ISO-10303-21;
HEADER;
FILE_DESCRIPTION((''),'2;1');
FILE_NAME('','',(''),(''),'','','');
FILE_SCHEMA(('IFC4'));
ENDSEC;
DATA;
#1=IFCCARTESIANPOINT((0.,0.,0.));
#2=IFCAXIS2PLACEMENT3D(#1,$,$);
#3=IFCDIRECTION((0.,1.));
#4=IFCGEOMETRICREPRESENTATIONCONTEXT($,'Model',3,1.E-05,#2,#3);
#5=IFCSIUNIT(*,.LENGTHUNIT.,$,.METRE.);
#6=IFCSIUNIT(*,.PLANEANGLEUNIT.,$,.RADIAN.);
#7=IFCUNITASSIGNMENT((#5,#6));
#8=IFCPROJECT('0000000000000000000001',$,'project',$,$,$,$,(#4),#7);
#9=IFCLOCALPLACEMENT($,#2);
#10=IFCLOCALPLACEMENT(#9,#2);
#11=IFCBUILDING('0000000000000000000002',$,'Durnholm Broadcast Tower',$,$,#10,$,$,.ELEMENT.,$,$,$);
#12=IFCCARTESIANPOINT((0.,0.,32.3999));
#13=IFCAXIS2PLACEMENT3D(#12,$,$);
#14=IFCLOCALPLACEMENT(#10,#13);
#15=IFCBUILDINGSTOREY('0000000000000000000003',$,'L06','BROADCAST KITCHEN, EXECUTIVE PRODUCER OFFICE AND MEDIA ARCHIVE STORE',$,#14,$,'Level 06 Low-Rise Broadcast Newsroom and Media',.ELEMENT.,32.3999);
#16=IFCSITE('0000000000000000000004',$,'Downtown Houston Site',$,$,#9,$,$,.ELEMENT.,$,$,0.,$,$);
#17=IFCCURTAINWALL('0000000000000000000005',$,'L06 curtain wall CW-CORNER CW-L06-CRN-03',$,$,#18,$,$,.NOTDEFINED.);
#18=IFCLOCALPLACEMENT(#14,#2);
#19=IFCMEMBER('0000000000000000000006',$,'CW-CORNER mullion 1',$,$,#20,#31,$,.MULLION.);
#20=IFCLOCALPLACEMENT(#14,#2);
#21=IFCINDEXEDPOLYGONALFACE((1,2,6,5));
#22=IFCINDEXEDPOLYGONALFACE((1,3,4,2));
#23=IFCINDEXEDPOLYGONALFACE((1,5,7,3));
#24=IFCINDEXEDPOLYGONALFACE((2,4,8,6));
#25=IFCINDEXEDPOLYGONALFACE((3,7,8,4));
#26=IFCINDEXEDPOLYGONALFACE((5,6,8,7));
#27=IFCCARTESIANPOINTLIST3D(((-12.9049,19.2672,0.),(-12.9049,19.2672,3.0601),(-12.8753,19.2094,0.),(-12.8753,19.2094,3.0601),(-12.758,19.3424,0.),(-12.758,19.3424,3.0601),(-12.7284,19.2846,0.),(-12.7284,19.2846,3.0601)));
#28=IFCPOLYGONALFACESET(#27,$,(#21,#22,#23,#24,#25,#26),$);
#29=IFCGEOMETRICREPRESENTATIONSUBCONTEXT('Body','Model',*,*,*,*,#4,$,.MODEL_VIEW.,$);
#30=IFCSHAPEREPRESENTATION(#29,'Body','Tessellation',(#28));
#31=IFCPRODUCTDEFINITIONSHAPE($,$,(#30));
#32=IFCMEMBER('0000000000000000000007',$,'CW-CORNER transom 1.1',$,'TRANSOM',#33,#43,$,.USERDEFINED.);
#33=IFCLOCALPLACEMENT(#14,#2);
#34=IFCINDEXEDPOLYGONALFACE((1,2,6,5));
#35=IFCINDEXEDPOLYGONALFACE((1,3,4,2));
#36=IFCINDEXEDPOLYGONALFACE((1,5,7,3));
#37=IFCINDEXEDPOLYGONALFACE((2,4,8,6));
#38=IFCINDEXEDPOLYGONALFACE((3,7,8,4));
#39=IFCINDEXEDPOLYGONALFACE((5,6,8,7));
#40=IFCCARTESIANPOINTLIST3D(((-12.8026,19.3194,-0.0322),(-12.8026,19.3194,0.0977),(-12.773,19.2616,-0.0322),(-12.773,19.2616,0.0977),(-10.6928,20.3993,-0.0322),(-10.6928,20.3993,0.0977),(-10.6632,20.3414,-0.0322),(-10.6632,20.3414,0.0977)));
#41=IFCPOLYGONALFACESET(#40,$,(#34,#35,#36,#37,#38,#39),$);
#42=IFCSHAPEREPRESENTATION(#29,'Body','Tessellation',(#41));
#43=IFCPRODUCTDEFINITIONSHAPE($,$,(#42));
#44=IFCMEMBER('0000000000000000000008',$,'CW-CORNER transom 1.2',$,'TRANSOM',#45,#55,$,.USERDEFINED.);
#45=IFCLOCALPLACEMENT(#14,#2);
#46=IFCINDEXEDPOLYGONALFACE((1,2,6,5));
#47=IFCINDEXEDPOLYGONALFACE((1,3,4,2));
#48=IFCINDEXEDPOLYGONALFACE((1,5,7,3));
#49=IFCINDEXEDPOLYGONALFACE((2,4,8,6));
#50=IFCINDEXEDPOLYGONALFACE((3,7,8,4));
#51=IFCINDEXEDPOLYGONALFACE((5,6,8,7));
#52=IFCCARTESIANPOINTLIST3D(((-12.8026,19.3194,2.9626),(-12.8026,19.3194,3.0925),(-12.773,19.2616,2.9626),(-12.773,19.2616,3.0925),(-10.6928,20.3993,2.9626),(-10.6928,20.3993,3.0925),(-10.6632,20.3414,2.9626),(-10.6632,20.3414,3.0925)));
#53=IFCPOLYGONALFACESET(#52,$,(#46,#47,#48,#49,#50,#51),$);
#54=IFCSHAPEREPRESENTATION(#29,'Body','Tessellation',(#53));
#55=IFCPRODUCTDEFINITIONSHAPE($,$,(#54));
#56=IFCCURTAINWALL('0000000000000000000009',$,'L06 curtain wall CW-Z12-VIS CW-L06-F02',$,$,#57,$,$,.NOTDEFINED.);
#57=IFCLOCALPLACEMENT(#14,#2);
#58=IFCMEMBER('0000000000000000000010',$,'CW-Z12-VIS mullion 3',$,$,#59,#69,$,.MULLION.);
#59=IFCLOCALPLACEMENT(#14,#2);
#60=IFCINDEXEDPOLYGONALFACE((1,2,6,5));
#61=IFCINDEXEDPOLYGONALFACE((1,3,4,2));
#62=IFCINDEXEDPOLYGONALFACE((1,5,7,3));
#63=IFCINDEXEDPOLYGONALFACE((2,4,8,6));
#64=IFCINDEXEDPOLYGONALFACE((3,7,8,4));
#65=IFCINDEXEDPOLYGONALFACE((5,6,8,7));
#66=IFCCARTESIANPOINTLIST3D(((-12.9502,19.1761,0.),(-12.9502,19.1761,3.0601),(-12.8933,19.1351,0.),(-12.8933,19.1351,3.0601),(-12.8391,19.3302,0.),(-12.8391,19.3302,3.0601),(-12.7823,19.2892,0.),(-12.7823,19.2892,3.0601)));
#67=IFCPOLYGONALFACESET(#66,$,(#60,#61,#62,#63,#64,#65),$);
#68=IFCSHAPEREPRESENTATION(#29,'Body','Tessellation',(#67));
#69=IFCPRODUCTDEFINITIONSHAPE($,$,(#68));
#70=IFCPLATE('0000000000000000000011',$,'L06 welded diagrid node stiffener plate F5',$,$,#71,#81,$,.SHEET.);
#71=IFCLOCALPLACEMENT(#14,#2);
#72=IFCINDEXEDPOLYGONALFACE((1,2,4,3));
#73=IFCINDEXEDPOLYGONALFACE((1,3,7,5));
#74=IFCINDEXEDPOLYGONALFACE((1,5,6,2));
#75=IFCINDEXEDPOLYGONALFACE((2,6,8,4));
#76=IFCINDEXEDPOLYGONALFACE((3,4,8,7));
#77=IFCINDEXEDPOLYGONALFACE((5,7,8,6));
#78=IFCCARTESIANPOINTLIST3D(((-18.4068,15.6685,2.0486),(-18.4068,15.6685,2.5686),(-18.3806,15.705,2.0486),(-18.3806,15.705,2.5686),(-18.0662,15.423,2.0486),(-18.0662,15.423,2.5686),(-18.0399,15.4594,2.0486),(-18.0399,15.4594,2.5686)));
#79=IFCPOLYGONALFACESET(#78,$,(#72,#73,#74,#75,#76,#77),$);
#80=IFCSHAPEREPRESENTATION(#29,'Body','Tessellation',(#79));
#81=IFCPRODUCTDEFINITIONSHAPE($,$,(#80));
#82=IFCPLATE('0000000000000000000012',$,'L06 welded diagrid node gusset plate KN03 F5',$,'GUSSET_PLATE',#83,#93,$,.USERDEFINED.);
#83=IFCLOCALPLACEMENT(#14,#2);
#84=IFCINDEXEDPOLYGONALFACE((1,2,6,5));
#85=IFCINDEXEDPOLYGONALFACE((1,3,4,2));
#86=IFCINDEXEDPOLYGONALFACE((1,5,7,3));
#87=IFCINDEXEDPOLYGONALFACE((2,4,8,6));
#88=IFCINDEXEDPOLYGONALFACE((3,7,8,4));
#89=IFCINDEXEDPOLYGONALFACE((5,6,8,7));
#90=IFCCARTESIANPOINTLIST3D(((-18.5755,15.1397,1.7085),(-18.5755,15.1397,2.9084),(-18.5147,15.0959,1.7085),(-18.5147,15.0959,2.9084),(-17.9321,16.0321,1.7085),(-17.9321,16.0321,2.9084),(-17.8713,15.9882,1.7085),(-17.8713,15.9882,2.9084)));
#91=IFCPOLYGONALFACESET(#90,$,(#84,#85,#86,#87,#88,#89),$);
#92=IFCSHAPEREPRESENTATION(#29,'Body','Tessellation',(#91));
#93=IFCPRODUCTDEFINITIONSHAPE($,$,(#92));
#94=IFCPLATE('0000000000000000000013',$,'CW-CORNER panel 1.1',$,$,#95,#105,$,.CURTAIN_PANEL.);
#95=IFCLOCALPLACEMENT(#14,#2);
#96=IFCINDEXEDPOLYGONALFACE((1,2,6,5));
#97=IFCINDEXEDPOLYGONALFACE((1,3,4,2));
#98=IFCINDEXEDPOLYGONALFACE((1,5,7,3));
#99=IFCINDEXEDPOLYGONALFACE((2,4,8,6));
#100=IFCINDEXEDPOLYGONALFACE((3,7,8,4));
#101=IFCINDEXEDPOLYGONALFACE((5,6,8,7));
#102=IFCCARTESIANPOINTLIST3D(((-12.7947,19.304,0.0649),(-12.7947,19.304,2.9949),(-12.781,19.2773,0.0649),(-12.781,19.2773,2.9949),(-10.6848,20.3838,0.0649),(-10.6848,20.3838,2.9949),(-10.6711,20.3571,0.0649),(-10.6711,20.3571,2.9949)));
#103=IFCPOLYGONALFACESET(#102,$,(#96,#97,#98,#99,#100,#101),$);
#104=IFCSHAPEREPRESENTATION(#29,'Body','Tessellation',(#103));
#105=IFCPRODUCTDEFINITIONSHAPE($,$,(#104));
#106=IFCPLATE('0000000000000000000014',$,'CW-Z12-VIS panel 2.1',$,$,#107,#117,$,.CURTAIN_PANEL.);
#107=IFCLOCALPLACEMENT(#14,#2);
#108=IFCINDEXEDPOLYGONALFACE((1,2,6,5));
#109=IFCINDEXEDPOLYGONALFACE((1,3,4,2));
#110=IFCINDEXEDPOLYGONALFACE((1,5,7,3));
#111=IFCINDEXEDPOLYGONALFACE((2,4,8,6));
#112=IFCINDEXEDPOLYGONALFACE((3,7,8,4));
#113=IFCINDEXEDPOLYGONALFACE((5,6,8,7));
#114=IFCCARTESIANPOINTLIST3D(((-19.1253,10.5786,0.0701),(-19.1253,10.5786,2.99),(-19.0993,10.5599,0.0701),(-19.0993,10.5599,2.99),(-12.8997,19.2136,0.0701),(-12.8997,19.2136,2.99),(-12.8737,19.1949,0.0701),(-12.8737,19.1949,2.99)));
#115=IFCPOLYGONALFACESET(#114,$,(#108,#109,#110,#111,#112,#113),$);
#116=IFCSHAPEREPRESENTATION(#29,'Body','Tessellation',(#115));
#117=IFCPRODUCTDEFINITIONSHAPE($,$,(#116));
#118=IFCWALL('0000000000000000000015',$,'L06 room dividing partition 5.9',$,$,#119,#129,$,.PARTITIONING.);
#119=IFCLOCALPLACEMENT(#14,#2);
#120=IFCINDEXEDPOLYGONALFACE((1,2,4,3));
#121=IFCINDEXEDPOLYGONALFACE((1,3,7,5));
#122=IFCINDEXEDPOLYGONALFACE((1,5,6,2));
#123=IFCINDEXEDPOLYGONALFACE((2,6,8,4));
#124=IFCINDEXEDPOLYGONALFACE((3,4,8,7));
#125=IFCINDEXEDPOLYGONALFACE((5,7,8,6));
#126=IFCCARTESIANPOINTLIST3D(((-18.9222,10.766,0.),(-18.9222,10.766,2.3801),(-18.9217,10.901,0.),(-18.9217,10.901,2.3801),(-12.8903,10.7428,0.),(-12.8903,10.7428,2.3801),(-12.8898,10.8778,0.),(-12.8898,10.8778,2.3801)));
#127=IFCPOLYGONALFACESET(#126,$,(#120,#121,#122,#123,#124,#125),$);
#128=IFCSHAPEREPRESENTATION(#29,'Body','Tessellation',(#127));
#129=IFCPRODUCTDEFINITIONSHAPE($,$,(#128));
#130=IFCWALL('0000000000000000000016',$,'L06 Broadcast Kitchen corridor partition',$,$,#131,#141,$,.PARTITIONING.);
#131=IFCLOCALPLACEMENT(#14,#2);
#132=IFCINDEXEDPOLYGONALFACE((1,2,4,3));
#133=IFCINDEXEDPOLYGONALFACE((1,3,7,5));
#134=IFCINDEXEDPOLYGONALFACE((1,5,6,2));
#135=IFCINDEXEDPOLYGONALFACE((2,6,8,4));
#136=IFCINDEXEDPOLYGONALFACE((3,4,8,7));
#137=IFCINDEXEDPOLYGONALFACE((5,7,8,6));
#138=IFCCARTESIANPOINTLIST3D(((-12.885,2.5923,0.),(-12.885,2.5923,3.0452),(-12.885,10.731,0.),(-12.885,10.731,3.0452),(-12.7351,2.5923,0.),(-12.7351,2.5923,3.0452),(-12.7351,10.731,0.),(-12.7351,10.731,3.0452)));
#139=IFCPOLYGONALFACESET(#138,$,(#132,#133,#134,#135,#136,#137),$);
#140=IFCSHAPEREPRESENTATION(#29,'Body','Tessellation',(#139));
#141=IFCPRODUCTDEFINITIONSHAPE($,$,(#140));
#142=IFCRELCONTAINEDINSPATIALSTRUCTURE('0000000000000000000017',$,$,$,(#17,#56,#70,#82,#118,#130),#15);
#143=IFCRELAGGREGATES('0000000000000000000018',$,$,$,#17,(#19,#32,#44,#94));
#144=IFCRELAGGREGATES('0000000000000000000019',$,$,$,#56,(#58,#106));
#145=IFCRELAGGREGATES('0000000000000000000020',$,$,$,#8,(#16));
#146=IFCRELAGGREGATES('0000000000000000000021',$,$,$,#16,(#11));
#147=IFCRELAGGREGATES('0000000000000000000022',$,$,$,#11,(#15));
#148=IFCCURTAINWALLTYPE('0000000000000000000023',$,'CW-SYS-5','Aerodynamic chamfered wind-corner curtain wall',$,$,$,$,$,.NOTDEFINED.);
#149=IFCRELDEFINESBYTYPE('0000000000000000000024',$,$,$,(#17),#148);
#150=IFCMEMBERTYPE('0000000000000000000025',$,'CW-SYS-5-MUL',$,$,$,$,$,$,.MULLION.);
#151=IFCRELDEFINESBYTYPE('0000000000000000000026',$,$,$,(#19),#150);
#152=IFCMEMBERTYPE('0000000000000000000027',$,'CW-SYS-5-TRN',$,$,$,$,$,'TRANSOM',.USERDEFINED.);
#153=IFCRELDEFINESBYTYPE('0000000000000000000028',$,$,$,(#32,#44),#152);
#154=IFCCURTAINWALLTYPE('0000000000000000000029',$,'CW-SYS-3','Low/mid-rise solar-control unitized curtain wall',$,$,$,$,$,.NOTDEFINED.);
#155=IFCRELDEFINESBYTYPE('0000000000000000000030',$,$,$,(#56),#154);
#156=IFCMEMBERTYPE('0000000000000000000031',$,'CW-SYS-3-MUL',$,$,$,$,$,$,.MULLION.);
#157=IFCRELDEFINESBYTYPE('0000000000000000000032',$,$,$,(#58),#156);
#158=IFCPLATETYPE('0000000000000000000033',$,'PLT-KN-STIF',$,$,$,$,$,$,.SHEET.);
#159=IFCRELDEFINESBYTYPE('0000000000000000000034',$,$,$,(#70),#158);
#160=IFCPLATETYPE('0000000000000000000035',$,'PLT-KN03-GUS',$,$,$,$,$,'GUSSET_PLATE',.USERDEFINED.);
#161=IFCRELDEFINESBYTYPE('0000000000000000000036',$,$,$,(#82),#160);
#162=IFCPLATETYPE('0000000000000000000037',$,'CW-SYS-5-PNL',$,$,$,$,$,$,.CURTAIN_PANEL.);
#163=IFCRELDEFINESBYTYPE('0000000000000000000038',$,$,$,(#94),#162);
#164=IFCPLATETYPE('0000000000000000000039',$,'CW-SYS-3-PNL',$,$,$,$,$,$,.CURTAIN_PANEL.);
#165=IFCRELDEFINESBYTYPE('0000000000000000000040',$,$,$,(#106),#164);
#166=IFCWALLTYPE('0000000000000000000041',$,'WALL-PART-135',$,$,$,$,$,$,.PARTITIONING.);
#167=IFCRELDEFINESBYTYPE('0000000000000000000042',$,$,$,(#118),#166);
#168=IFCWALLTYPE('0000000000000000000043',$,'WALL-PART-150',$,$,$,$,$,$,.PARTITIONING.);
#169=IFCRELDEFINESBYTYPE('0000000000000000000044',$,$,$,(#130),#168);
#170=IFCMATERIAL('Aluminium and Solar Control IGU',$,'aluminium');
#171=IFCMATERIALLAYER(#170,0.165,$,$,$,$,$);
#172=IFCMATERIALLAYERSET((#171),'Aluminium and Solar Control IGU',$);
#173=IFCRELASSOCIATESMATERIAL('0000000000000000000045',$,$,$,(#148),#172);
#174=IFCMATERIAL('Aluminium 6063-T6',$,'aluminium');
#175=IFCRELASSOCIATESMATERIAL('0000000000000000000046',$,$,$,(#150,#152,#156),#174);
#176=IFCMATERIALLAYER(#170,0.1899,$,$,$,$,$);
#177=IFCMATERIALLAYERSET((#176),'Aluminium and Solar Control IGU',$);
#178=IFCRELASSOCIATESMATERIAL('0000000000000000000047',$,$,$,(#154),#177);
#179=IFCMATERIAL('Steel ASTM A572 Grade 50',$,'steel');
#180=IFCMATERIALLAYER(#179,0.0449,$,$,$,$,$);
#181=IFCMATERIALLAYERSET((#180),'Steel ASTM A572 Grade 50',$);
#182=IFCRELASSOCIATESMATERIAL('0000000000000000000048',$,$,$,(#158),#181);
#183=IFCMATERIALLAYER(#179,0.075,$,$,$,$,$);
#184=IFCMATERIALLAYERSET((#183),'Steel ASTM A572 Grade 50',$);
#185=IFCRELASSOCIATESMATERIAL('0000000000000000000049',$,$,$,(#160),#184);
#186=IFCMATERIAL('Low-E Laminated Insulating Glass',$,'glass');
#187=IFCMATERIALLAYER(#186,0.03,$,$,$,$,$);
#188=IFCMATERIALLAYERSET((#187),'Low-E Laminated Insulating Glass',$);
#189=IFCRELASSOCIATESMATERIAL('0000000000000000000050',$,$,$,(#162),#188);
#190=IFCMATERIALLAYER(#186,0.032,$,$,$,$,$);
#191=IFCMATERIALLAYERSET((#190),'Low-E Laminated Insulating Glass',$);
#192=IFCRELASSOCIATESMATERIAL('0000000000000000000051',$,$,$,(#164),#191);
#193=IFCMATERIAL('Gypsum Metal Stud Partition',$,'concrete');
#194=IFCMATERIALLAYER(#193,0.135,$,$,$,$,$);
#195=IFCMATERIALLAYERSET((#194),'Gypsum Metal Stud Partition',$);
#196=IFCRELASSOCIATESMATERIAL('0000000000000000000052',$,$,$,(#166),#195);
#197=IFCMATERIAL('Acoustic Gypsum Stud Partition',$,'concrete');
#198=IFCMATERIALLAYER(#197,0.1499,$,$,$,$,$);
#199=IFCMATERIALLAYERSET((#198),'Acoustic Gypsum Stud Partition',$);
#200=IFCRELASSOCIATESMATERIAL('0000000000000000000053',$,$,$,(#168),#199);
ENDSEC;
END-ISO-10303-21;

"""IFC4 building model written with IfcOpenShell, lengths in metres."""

from ifc_helpers import new_model, si_unit, direction, frame, frame_2d, origin, origin_2d, place, context, subcontext, project, spatial, rectangle, extrude, source, transform, mapped, material, layer, layer_set, material_profile, profile_set, type_object, type_shapes, element, aggregate, save


model = new_model("IFC4")

# Units and contexts
model_context = context("Model", 3, precision=1e-05, world=origin(), true_north=direction((0.0, 1.0)))
body_context = subcontext(model_context, "Body", "Model", "MODEL_VIEW")
ifc_project = project(units=[si_unit("LENGTHUNIT", "METRE"), si_unit("PLANEANGLEUNIT", "RADIAN")], contexts=[model_context])

# Site, building, storey
site_placement = place(None, origin())
site = spatial("IfcSite", under=ifc_project, at=site_placement, Name="Downtown Houston Site", CompositionType="ELEMENT", RefElevation=0.0)
building_placement = place(site_placement, origin())
building = spatial("IfcBuilding", under=site, at=building_placement, Name="Durnholm Broadcast Tower", CompositionType="ELEMENT")
storey_placement = place(building_placement, frame((0.0, 0.0, 32.3999)))
storey = spatial("IfcBuildingStorey", under=building, at=storey_placement, Name="L06", Description="BROADCAST KITCHEN, EXECUTIVE PRODUCER OFFICE AND MEDIA ARCHIVE STORE", LongName="Level 06 Low-Rise Broadcast Newsroom and Media", CompositionType="ELEMENT", Elevation=32.3999)

# Curtain wall, members
ifc_material_1 = material(Name="Aluminium and Solar Control IGU", Category="aluminium")
ifc_layer_1 = layer(ifc_material_1, 0.165)
ifc_layer_set_1 = layer_set([ifc_layer_1], Name="Aluminium and Solar Control IGU")
curtain_wall_type_1 = type_object("IfcCurtainWallType", Name="CW-SYS-5", Description="Aerodynamic chamfered wind-corner curtain wall", PredefinedType="NOTDEFINED", material=ifc_layer_set_1)
curtain_wall_1_placement = place(storey_placement, origin())
curtain_wall_1 = element("IfcCurtainWall", 1, at=curtain_wall_1_placement, inside=storey, type_object=curtain_wall_type_1, Name="L06 curtain wall CW-CORNER CW-L06-CRN-03", PredefinedType="NOTDEFINED")
ifc_material_2 = material(Name="Aluminium 6063-T6", Category="aluminium")
ifc_material_profile_1 = material_profile(ifc_material_2, rectangle(XDim=0.0649, YDim=0.165, at=origin_2d()), Name="CWM65X165")
ifc_profile_set_1 = profile_set([ifc_material_profile_1], Name="Aluminium 6063-T6")
member_type_1 = type_object("IfcMemberType", Name="CW-SYS-5-MUL", PredefinedType="MULLION", material=ifc_profile_set_1)
shared_shape_1 = source(origin(), body_context, "Body", "SweptSolid", [
    extrude(rectangle(XDim=0.0649, YDim=0.165, at=origin_2d()), origin(), (0.0, 0.0, 1.0), 3.0601),
])
type_shapes(member_type_1, [shared_shape_1])
member_1_placement = place(storey_placement, frame((-12.8167, 19.2759, 0.0), z_axis=(0.0, 0.0, 1.0), x_axis=(-0.455594, 0.890188, 0.0)))
member_1 = element("IfcMember", 2, at=member_1_placement, type_object=member_type_1, Name="CW-CORNER mullion 1", PredefinedType="MULLION", context=body_context, shape_type="MappedRepresentation", body=[
    mapped(shared_shape_1, transform((0.0, 0.0, 0.0), x_axis=(1.0, 0.0, 0.0), y_axis=(0.0, 1.0, 0.0), z_axis=(0.0, 0.0, 1.0), scale=1.0)),
])
ifc_material_profile_2 = material_profile(ifc_material_2, rectangle(XDim=0.0649, YDim=0.1299, at=origin_2d()), Name="CWT65X130")
ifc_profile_set_2 = profile_set([ifc_material_profile_2], Name="Aluminium 6063-T6")
member_type_2 = type_object("IfcMemberType", Name="CW-SYS-5-TRN", ElementType="TRANSOM", PredefinedType="USERDEFINED", material=ifc_profile_set_2)
shared_shape_2 = source(origin(), body_context, "Body", "SweptSolid", [
    extrude(rectangle(XDim=0.0649, YDim=0.1299, at=origin_2d()), origin(), (0.0, 0.0, 1.0), 2.3701),
])
type_shapes(member_type_2, [shared_shape_2])
member_2_placement = place(storey_placement, frame((-12.7878, 19.2905, 0.0327), z_axis=(0.890185, 0.455599, 0.0), x_axis=(-0.455599, 0.890185, 0.0)))
member_2 = element("IfcMember", 3, at=member_2_placement, type_object=member_type_2, Name="CW-CORNER transom 1.1", ObjectType="TRANSOM", PredefinedType="USERDEFINED", context=body_context, shape_type="MappedRepresentation", body=[
    mapped(shared_shape_2, transform((0.0, 0.0, 0.0), x_axis=(1.0, 0.0, 0.0), y_axis=(0.0, 1.0, 0.0), z_axis=(0.0, 0.0, 1.0), scale=1.0)),
])
member_3_placement = place(storey_placement, frame((-12.7878, 19.2905, 3.0276), z_axis=(0.890185, 0.455599, 0.0), x_axis=(-0.455599, 0.890185, 0.0)))
member_3 = element("IfcMember", 4, at=member_3_placement, type_object=member_type_2, Name="CW-CORNER transom 1.2", ObjectType="TRANSOM", PredefinedType="USERDEFINED", context=body_context, shape_type="MappedRepresentation", body=[
    mapped(shared_shape_2, transform((0.0, 0.0, 0.0), x_axis=(1.0, 0.0, 0.0), y_axis=(0.0, 1.0, 0.0), z_axis=(0.0, 0.0, 1.0), scale=1.0)),
])

# Curtain wall, member
ifc_layer_2 = layer(ifc_material_1, 0.1899)
ifc_layer_set_2 = layer_set([ifc_layer_2], Name="Aluminium and Solar Control IGU")
curtain_wall_type_2 = type_object("IfcCurtainWallType", Name="CW-SYS-3", Description="Low/mid-rise solar-control unitized curtain wall", PredefinedType="NOTDEFINED", material=ifc_layer_set_2)
curtain_wall_2_placement = place(storey_placement, origin())
curtain_wall_2 = element("IfcCurtainWall", 5, at=curtain_wall_2_placement, inside=storey, type_object=curtain_wall_type_2, Name="L06 curtain wall CW-Z12-VIS CW-L06-F02", PredefinedType="NOTDEFINED")
ifc_material_profile_3 = material_profile(ifc_material_2, rectangle(XDim=0.0701, YDim=0.1899, at=origin_2d()), Name="CWM70X190")
ifc_profile_set_3 = profile_set([ifc_material_profile_3], Name="Aluminium 6063-T6")
member_type_3 = type_object("IfcMemberType", Name="CW-SYS-3-MUL", PredefinedType="MULLION", material=ifc_profile_set_3)
shared_shape_3 = source(origin(), body_context, "Body", "SweptSolid", [
    extrude(rectangle(XDim=0.0701, YDim=0.1899, at=origin_2d()), origin(), (0.0, 0.0, 1.0), 3.0601),
])
type_shapes(member_type_3, [shared_shape_3])
member_4_placement = place(storey_placement, frame((-12.8662, 19.2327, 0.0), z_axis=(0.0, 0.0, 1.0), x_axis=(-0.811161, 0.584823, 0.0)))
member_4 = element("IfcMember", 6, at=member_4_placement, type_object=member_type_3, Name="CW-Z12-VIS mullion 3", PredefinedType="MULLION", context=body_context, shape_type="MappedRepresentation", body=[
    mapped(shared_shape_3, transform((0.0, 0.0, 0.0), x_axis=(1.0, 0.0, 0.0), y_axis=(0.0, 1.0, 0.0), z_axis=(0.0, 0.0, 1.0), scale=1.0)),
])

# Plates
ifc_material_3 = material(Name="Steel ASTM A572 Grade 50", Category="steel")
ifc_layer_3 = layer(ifc_material_3, 0.0449)
ifc_layer_set_3 = layer_set([ifc_layer_3], Name="Steel ASTM A572 Grade 50")
plate_type_1 = type_object("IfcPlateType", Name="PLT-KN-STIF", PredefinedType="SHEET", material=ifc_layer_set_3)
shared_shape_4 = source(origin(), body_context, "Body", "SweptSolid", [
    extrude(rectangle(XDim=0.0449, YDim=0.4199, at=origin_2d()), origin(), (0.0, 0.0, 1.0), 0.52),
])
type_shapes(plate_type_1, [shared_shape_4])
plate_1_placement = place(storey_placement, frame((-18.2234, 15.564, 2.0486), z_axis=(0.0, 0.0, 1.0), x_axis=(-0.584816, -0.811166, 0.0)))
element("IfcPlate", 7, at=plate_1_placement, inside=storey, type_object=plate_type_1, Name="L06 welded diagrid node stiffener plate F5", PredefinedType="SHEET", context=body_context, shape_type="MappedRepresentation", body=[
    mapped(shared_shape_4, transform((0.0, 0.0, 0.0), x_axis=(1.0, 0.0, 0.0), y_axis=(0.0, 1.0, 0.0), z_axis=(0.0, 0.0, 1.0), scale=1.0)),
])
ifc_layer_4 = layer(ifc_material_3, 0.075)
ifc_layer_set_4 = layer_set([ifc_layer_4], Name="Steel ASTM A572 Grade 50")
plate_type_2 = type_object("IfcPlateType", Name="PLT-KN03-GUS", ElementType="GUSSET_PLATE", PredefinedType="USERDEFINED", material=ifc_layer_set_4)
shared_shape_5 = source(origin(), body_context, "Body", "SweptSolid", [
    extrude(rectangle(XDim=1.1001, YDim=0.075, at=origin_2d()), origin(), (0.0, 0.0, 1.0), 1.2),
])
type_shapes(plate_type_2, [shared_shape_5])
plate_2_placement = place(storey_placement, frame((-18.2234, 15.564, 1.7085), z_axis=(0.0, 0.0, 1.0), x_axis=(-0.584816, -0.811166, 0.0)))
element("IfcPlate", 8, at=plate_2_placement, inside=storey, type_object=plate_type_2, Name="L06 welded diagrid node gusset plate KN03 F5", ObjectType="GUSSET_PLATE", PredefinedType="USERDEFINED", context=body_context, shape_type="MappedRepresentation", body=[
    mapped(shared_shape_5, transform((0.0, 0.0, 0.0), x_axis=(1.0, 0.0, 0.0), y_axis=(0.0, 1.0, 0.0), z_axis=(0.0, 0.0, 1.0), scale=1.0)),
])

# Plates
ifc_material_4 = material(Name="Low-E Laminated Insulating Glass", Category="glass")
ifc_layer_5 = layer(ifc_material_4, 0.03)
ifc_layer_set_5 = layer_set([ifc_layer_5], Name="Low-E Laminated Insulating Glass")
plate_type_3 = type_object("IfcPlateType", Name="CW-SYS-5-PNL", PredefinedType="CURTAIN_PANEL", material=ifc_layer_set_5)
shared_shape_6 = source(origin(), body_context, "Body", "SweptSolid", [
    extrude(rectangle(XDim=2.3701, YDim=0.03, at=origin_2d()), origin(), (0.0, 0.0, 1.0), 2.9299),
])
type_shapes(plate_type_3, [shared_shape_6])
plate_3_placement = place(storey_placement, frame((-11.7329, 19.8306, 0.0649), z_axis=(0.0, 0.0, 1.0), x_axis=(0.890188, 0.455594, 0.0)))
plate_3 = element("IfcPlate", 9, at=plate_3_placement, type_object=plate_type_3, Name="CW-CORNER panel 1.1", PredefinedType="CURTAIN_PANEL", context=body_context, shape_type="MappedRepresentation", body=[
    mapped(shared_shape_6, transform((0.0, 0.0, 0.0), x_axis=(1.0, 0.0, 0.0), y_axis=(0.0, 1.0, 0.0), z_axis=(0.0, 0.0, 1.0), scale=1.0)),
])
aggregate(curtain_wall_1, [member_1, member_2, member_3, plate_3])
ifc_layer_6 = layer(ifc_material_4, 0.032)
ifc_layer_set_6 = layer_set([ifc_layer_6], Name="Low-E Laminated Insulating Glass")
plate_type_4 = type_object("IfcPlateType", Name="CW-SYS-3-PNL", PredefinedType="CURTAIN_PANEL", material=ifc_layer_set_6)
shared_shape_7 = source(origin(), body_context, "Body", "SweptSolid", [
    extrude(rectangle(XDim=10.6453, YDim=0.032, at=origin_2d()), origin(), (0.0, 0.0, 1.0), 2.9199),
])
type_shapes(plate_type_4, [shared_shape_7])
plate_4_placement = place(storey_placement, frame((-15.9995, 14.8867, 0.0701), z_axis=(0.0, 0.0, 1.0), x_axis=(0.584823, 0.811161, 0.0)))
plate_4 = element("IfcPlate", 10, at=plate_4_placement, type_object=plate_type_4, Name="CW-Z12-VIS panel 2.1", PredefinedType="CURTAIN_PANEL", context=body_context, shape_type="MappedRepresentation", body=[
    mapped(shared_shape_7, transform((0.0, 0.0, 0.0), x_axis=(1.0, 0.0, 0.0), y_axis=(0.0, 1.0, 0.0), z_axis=(0.0, 0.0, 1.0), scale=1.0)),
])
aggregate(curtain_wall_2, [member_4, plate_4])

# Walls
ifc_material_5 = material(Name="Gypsum Metal Stud Partition", Category="concrete")
ifc_layer_7 = layer(ifc_material_5, 0.135)
ifc_layer_set_7 = layer_set([ifc_layer_7], Name="Gypsum Metal Stud Partition")
wall_type_1 = type_object("IfcWallType", Name="WALL-PART-135", PredefinedType="PARTITIONING", material=ifc_layer_set_7)
wall_1_placement = place(storey_placement, frame((-12.8899, 10.8103, 0.0), z_axis=(0.0, 0.0, 1.0), x_axis=(-0.999993, 0.003845, 0.0)))
element("IfcWall", 11, at=wall_1_placement, inside=storey, type_object=wall_type_1, Name="L06 room dividing partition 5.9", PredefinedType="PARTITIONING", context=body_context, shape_type="SweptSolid", body=[
    extrude(rectangle(XDim=6.032, YDim=0.135, at=frame_2d((3.0161, 0.0))), origin(), (0.0, 0.0, 1.0), 2.3801),
])
ifc_material_6 = material(Name="Acoustic Gypsum Stud Partition", Category="concrete")
ifc_layer_8 = layer(ifc_material_6, 0.1499)
ifc_layer_set_8 = layer_set([ifc_layer_8], Name="Acoustic Gypsum Stud Partition")
wall_type_2 = type_object("IfcWallType", Name="WALL-PART-150", PredefinedType="PARTITIONING", material=ifc_layer_set_8)
wall_2_placement = place(storey_placement, frame((-12.8101, 10.731, 0.0), z_axis=(0.0, 0.0, 1.0), x_axis=(0.0, -1.0, 0.0)))
element("IfcWall", 12, at=wall_2_placement, inside=storey, type_object=wall_type_2, Name="L06 Broadcast Kitchen corridor partition", PredefinedType="PARTITIONING", context=body_context, shape_type="SweptSolid", body=[
    extrude(rectangle(XDim=8.1387, YDim=0.1499, at=frame_2d((4.0693, 0.0))), origin(), (0.0, 0.0, 1.0), 3.0452),
])

save(model, "model.ifc")
